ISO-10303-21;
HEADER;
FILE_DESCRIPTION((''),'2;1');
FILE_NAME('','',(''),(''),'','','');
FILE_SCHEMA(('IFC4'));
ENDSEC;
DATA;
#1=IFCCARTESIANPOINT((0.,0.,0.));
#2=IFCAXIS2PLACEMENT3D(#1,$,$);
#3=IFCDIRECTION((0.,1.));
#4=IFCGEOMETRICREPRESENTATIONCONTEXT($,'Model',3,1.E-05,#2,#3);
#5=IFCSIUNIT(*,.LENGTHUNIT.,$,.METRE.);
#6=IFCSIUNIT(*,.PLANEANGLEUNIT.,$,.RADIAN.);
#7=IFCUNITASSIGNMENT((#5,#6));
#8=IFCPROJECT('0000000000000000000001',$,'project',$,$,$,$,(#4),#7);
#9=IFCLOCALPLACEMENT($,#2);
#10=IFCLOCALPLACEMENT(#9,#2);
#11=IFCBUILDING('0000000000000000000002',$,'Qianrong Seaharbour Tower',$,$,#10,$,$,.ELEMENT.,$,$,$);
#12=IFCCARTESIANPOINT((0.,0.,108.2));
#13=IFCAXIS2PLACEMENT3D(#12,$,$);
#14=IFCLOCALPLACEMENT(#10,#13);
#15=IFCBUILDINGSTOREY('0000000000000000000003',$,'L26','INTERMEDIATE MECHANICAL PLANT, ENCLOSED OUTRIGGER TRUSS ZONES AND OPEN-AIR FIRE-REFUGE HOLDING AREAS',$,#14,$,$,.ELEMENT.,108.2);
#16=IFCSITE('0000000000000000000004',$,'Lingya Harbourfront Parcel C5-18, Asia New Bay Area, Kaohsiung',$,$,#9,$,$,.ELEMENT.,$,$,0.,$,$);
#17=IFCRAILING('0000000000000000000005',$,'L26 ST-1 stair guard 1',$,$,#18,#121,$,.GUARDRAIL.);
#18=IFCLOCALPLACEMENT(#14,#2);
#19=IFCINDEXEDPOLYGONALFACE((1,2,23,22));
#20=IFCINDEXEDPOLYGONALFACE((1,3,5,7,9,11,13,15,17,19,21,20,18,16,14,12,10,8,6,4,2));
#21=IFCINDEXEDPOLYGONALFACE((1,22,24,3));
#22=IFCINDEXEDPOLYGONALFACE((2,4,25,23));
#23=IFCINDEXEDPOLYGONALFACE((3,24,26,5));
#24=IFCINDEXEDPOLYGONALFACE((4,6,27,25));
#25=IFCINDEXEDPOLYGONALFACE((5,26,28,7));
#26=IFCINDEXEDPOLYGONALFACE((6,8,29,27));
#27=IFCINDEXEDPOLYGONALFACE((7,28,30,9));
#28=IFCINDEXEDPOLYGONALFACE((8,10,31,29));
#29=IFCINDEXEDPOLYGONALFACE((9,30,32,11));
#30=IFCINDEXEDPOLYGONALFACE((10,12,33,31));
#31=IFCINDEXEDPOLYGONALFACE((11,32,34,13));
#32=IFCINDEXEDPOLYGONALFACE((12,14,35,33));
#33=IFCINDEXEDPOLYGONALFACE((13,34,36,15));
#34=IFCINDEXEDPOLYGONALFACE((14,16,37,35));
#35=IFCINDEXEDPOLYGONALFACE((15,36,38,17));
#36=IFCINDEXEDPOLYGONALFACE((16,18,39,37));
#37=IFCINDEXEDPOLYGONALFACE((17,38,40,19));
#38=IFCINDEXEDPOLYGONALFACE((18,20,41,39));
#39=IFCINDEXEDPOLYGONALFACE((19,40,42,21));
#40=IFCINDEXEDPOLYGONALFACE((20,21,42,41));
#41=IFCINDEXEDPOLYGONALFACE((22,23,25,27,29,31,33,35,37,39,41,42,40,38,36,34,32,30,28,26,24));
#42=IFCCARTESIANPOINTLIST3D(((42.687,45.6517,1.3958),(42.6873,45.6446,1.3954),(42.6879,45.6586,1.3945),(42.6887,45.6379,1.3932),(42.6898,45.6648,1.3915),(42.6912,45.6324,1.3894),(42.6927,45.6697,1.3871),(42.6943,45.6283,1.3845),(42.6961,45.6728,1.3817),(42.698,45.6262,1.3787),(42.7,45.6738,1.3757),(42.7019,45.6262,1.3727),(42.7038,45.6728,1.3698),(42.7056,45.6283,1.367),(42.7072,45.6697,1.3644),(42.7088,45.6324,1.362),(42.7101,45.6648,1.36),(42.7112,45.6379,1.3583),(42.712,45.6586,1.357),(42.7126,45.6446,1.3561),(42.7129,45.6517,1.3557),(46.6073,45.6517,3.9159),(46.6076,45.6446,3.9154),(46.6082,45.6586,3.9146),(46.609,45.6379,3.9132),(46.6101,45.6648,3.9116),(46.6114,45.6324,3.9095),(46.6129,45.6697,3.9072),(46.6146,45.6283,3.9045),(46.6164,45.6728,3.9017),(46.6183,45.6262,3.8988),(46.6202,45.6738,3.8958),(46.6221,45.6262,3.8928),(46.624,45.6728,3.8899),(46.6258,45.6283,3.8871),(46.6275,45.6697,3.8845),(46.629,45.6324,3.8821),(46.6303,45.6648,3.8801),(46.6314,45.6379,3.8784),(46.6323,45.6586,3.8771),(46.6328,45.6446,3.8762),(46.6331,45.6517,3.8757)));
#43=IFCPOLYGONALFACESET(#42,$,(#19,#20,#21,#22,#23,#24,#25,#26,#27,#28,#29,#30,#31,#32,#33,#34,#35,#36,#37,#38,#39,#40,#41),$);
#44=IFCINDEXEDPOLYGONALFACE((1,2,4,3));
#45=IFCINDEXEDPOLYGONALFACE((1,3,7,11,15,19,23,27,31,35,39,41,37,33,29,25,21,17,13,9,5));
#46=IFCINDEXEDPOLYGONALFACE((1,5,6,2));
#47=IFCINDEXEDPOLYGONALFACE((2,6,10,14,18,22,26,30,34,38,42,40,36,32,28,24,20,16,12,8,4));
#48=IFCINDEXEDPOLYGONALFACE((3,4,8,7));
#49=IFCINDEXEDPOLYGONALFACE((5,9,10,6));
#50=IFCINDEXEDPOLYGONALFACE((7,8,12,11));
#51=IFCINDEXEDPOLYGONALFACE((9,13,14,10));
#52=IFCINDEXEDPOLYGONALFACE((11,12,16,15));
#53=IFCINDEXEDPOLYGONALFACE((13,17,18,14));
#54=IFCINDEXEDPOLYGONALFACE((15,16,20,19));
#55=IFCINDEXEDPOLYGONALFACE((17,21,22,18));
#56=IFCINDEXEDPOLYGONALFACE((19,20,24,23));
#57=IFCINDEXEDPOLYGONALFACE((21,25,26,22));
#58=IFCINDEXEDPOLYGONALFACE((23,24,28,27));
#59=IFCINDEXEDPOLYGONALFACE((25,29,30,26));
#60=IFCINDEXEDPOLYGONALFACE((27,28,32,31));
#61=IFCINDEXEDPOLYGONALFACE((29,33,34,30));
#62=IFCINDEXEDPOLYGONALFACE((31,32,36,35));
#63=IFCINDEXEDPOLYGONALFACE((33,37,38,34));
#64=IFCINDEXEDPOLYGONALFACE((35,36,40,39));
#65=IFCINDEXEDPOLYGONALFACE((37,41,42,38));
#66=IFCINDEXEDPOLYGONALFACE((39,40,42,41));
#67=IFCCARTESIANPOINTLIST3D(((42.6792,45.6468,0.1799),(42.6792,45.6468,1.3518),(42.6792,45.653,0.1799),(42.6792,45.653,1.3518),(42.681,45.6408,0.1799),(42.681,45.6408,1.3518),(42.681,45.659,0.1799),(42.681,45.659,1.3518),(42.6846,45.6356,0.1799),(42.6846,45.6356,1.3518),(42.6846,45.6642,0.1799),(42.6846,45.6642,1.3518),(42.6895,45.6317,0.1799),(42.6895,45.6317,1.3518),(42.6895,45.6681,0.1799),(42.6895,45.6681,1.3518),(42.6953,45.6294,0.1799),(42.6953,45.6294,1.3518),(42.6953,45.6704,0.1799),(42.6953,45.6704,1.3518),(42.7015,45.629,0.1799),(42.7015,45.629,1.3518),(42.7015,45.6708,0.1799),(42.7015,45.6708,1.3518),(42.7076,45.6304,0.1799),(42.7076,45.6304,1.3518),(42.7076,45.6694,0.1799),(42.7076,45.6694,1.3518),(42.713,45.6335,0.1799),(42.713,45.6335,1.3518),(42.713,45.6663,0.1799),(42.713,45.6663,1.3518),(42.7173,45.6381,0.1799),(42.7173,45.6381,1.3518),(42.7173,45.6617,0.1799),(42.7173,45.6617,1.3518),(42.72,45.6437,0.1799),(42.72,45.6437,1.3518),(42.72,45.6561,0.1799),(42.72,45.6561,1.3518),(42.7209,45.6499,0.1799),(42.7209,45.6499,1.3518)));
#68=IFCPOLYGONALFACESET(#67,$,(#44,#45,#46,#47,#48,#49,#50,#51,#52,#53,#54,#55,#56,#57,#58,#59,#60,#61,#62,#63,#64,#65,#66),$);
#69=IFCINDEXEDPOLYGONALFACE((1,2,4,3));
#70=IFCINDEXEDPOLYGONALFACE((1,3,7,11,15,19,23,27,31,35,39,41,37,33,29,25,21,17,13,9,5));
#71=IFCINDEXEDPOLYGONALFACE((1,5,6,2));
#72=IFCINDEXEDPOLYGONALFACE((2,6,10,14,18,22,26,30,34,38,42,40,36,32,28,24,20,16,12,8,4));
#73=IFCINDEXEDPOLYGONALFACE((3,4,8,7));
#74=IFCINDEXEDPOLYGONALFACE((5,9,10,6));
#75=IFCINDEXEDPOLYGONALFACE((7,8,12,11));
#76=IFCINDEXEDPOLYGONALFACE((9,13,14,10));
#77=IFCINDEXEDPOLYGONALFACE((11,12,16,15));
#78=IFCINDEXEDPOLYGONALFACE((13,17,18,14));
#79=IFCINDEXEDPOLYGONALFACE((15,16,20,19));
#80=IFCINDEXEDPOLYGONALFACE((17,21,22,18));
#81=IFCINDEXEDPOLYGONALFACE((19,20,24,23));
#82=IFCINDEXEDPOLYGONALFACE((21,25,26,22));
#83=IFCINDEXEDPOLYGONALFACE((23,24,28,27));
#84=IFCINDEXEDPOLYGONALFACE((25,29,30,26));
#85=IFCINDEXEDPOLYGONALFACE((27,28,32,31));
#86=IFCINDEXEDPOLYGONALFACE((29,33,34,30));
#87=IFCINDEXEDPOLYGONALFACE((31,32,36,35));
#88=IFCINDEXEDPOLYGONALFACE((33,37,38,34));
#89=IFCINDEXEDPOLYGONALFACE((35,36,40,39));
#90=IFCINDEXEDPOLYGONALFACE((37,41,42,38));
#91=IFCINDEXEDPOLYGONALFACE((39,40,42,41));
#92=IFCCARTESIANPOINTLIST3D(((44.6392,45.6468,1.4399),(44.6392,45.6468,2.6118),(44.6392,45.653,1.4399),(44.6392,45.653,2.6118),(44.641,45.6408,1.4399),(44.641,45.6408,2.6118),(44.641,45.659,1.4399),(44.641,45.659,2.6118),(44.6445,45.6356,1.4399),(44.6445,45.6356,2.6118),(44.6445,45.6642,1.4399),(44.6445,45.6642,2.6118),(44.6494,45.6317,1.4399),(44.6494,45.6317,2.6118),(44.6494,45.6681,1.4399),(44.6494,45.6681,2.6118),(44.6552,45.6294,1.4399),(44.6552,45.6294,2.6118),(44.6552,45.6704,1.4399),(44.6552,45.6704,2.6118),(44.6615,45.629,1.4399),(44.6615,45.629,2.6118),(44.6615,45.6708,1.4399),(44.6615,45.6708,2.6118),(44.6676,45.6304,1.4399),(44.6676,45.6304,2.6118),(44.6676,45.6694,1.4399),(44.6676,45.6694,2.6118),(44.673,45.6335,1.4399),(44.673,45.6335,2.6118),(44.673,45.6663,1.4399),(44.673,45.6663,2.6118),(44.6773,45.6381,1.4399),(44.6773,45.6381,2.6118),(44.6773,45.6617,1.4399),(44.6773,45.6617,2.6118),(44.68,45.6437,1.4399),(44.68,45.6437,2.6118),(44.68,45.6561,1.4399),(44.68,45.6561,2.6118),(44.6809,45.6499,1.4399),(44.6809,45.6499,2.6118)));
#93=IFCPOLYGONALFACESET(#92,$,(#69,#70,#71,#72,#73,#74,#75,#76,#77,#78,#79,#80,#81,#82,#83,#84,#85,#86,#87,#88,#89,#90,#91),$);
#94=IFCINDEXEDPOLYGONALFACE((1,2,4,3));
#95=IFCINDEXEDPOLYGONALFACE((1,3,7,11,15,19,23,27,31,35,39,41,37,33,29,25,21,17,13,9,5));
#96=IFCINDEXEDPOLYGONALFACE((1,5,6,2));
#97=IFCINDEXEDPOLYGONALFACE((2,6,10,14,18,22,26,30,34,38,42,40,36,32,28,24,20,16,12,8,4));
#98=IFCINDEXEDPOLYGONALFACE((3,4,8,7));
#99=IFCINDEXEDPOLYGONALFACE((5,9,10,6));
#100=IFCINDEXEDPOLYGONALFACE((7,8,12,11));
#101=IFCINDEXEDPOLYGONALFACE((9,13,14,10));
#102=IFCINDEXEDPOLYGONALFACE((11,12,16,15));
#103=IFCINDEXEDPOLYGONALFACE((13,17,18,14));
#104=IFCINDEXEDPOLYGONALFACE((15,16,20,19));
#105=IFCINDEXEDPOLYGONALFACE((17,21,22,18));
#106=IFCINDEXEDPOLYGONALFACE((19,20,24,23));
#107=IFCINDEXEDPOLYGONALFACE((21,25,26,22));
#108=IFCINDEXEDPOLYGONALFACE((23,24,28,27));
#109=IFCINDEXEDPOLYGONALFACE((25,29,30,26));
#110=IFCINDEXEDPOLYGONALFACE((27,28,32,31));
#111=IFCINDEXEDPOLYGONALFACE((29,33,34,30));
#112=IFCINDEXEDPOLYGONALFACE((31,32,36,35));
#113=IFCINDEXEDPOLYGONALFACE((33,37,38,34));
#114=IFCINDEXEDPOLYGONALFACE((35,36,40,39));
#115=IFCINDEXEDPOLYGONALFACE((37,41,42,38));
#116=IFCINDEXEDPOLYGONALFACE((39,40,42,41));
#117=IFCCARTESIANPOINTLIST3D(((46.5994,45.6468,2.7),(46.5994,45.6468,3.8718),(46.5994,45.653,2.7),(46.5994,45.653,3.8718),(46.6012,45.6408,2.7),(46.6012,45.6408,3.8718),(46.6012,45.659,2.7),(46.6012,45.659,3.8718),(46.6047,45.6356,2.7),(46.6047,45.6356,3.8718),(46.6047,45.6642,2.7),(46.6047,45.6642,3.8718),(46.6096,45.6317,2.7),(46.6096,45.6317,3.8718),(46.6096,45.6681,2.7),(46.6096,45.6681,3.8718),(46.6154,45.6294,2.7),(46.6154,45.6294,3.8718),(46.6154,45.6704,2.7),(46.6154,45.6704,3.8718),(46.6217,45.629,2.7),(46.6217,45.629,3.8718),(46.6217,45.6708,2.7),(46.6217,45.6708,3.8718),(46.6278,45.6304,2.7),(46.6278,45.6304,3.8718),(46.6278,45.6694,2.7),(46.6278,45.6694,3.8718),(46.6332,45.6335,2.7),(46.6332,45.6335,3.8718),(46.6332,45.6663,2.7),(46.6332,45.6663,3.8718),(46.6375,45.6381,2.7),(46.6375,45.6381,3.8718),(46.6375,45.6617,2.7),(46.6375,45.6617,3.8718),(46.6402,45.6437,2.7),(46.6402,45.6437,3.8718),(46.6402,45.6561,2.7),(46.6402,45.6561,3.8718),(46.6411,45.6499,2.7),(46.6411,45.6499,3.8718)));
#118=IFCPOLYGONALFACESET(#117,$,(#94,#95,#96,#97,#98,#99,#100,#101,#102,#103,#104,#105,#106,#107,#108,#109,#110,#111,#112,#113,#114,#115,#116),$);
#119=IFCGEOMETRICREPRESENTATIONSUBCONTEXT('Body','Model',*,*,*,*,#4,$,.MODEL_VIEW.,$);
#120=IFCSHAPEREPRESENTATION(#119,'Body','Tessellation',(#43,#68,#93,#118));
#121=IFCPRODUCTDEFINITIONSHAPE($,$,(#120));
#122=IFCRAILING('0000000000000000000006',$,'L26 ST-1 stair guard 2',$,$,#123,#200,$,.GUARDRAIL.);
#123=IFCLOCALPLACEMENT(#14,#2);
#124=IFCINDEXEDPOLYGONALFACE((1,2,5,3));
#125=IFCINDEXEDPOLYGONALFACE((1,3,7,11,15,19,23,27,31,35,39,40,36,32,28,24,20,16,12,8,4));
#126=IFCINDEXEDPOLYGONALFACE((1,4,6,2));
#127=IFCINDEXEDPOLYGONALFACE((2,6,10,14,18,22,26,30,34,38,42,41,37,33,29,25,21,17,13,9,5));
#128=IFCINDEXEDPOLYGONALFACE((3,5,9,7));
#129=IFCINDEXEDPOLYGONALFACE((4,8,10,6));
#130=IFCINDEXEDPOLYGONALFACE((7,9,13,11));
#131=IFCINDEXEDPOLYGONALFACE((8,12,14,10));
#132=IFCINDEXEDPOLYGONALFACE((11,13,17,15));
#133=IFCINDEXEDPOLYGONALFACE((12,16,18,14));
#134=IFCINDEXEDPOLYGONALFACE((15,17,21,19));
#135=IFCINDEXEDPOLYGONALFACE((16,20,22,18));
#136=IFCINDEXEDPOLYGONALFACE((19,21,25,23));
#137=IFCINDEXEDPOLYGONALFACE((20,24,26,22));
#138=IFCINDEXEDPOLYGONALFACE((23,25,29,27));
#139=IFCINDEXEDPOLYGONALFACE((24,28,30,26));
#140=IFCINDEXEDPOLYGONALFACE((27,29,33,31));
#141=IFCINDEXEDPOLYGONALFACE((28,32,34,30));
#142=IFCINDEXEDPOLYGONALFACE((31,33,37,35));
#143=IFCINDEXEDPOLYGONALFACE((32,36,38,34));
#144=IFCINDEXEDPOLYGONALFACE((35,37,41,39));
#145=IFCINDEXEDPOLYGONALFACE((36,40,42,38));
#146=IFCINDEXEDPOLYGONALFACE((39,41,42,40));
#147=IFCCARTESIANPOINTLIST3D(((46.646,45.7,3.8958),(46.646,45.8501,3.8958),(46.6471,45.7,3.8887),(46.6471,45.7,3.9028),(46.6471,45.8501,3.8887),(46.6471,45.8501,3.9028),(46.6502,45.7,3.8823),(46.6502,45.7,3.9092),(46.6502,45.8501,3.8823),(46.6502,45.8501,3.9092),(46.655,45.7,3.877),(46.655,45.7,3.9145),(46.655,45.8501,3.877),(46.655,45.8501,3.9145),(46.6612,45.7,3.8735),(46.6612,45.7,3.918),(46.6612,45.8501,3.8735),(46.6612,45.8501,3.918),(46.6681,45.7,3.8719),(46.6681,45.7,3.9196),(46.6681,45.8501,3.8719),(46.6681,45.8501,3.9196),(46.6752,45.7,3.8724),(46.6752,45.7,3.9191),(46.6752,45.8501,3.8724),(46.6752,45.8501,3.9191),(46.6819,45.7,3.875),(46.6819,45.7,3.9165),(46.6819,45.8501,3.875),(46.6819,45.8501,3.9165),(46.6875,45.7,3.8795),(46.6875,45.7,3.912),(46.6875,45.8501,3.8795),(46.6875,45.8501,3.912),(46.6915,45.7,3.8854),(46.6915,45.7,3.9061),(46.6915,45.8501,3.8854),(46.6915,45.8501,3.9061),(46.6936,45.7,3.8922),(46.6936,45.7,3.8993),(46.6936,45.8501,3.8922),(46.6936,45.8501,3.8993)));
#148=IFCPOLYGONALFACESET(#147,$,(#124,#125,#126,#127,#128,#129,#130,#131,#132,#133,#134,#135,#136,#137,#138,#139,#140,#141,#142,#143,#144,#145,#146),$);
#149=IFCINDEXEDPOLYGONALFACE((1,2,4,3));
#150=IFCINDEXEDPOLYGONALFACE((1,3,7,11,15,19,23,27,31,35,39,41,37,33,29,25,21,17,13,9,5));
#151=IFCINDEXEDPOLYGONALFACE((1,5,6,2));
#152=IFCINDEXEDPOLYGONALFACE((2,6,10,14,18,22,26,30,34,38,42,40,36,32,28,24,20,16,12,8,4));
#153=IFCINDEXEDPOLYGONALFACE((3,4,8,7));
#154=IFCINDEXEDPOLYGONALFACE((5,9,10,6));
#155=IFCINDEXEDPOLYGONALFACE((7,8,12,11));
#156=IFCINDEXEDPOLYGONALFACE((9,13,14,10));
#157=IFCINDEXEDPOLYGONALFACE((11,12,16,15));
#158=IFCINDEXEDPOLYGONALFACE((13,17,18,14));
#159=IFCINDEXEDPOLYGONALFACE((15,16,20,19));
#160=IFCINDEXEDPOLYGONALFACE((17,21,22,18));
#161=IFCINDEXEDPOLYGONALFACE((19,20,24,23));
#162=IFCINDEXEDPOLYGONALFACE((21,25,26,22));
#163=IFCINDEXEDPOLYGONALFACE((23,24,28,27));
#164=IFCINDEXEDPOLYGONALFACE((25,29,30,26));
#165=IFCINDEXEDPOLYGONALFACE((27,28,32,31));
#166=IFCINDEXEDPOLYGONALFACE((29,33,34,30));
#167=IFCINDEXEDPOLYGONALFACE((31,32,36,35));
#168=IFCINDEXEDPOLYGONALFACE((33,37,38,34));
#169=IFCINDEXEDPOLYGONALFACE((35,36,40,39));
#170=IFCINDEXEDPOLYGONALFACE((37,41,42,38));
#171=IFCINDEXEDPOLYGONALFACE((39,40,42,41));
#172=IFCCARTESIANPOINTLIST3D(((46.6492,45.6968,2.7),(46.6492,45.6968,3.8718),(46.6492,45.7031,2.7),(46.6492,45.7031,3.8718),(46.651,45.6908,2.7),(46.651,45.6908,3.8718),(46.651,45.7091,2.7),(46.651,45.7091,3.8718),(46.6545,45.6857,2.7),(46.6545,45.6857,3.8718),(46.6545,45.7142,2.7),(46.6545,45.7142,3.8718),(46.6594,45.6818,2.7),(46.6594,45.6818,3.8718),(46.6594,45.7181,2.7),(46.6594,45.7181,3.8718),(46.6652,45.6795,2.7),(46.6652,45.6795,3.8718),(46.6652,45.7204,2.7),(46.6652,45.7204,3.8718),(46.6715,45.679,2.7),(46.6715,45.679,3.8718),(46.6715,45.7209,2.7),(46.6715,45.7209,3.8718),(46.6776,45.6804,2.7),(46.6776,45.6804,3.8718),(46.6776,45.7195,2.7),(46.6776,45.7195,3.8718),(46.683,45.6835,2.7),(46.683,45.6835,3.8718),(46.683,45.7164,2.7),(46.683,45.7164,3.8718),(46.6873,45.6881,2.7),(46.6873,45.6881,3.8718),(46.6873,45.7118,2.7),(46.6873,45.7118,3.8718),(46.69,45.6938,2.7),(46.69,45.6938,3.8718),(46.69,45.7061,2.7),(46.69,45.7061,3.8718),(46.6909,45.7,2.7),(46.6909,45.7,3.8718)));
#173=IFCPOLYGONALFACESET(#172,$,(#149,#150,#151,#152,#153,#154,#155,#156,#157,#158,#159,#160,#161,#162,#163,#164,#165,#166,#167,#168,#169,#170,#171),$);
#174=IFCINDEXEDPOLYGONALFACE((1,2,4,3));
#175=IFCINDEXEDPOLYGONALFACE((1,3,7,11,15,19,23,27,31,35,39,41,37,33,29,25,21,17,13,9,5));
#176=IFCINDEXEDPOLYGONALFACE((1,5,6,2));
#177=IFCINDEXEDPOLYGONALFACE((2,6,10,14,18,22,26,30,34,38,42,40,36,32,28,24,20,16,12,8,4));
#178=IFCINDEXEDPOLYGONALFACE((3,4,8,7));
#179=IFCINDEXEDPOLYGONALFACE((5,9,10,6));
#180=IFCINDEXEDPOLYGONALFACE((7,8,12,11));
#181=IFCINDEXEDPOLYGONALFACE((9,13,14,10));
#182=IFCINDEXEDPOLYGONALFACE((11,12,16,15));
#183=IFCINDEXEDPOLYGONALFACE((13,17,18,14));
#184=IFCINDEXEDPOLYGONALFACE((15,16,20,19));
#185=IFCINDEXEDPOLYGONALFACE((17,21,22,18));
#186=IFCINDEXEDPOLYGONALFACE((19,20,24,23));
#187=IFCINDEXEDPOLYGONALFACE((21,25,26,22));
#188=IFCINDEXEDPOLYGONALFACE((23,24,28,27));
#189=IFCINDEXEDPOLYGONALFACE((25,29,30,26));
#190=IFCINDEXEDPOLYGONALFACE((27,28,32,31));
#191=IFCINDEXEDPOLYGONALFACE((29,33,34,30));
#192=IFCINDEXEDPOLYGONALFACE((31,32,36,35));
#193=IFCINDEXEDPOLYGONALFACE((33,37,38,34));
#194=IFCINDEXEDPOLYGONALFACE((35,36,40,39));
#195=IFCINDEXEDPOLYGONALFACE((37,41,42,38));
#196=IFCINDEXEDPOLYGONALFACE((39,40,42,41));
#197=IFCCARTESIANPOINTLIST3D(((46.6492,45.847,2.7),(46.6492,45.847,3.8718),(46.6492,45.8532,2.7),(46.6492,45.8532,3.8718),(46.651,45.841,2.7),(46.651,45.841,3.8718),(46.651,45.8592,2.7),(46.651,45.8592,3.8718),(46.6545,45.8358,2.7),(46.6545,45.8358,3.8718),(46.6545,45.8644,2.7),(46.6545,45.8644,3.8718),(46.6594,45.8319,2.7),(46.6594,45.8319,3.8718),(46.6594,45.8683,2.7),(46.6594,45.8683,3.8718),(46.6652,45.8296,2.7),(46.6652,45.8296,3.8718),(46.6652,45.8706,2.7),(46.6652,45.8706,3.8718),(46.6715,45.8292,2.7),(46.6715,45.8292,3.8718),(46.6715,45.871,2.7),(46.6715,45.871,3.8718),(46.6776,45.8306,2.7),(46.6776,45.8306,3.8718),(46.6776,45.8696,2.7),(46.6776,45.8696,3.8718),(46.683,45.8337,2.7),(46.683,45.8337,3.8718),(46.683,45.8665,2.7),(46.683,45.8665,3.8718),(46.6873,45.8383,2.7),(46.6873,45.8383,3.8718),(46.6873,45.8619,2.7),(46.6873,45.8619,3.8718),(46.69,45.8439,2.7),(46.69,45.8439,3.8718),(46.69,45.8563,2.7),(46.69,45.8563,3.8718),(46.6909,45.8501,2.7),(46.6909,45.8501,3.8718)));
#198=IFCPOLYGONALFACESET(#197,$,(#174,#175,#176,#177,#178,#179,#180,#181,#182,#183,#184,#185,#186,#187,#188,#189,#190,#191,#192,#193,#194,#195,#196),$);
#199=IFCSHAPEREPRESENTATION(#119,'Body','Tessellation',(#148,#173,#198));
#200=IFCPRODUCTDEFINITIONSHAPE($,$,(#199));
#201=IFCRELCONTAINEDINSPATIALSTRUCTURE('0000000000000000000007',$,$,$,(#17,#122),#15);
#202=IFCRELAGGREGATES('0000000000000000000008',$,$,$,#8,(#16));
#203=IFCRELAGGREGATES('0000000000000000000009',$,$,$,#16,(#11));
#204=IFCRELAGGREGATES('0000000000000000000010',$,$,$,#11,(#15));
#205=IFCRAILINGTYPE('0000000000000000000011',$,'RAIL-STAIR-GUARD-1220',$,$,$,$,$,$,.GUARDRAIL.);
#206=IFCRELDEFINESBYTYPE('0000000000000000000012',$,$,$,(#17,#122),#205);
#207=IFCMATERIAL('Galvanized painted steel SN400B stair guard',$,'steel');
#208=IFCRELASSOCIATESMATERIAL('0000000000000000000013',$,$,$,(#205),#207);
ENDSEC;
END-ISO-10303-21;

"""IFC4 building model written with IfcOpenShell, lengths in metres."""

from ifc_helpers import new_model, si_unit, direction, frame, origin, origin_2d, place, context, subcontext, project, spatial, circle, extrude, material, type_object, element, save


model = new_model("IFC4")

# Units and contexts
model_context = context("Model", 3, precision=1e-05, world=origin(), true_north=direction((0.0, 1.0)))
body_context = subcontext(model_context, "Body", "Model", "MODEL_VIEW")
ifc_project = project(units=[si_unit("LENGTHUNIT", "METRE"), si_unit("PLANEANGLEUNIT", "RADIAN")], contexts=[model_context])

# Site, building, storey
site_placement = place(None, origin())
site = spatial("IfcSite", under=ifc_project, at=site_placement, Name="Lingya Harbourfront Parcel C5-18, Asia New Bay Area, Kaohsiung", CompositionType="ELEMENT", RefElevation=0.0)
building_placement = place(site_placement, origin())
building = spatial("IfcBuilding", under=site, at=building_placement, Name="Qianrong Seaharbour Tower", CompositionType="ELEMENT")
storey_placement = place(building_placement, frame((0.0, 0.0, 108.2)))
storey = spatial("IfcBuildingStorey", under=building, at=storey_placement, Name="L26", Description="INTERMEDIATE MECHANICAL PLANT, ENCLOSED OUTRIGGER TRUSS ZONES AND OPEN-AIR FIRE-REFUGE HOLDING AREAS", CompositionType="ELEMENT", Elevation=108.2)

# Railings
ifc_material_1 = material(Name="Galvanized painted steel SN400B stair guard", Category="steel")
railing_type_1 = type_object("IfcRailingType", Name="RAIL-STAIR-GUARD-1220", PredefinedType="GUARDRAIL", material=ifc_material_1)
railing_1_placement = place(storey_placement, frame((42.7, 45.6499, 0.1799)))
element("IfcRailing", 1, at=railing_1_placement, inside=storey, type_object=railing_type_1, Name="L26 ST-1 stair guard 1", PredefinedType="GUARDRAIL", context=body_context, shape_type="SweptSolid", body=[
    extrude(circle(Radius=0.0239, at=origin_2d()), frame((0.0, 0.0, 1.1958), z_axis=(0.841187, 0.0, 0.540744), x_axis=(0.0, 1.0, 0.0)), (0.0, 0.0, 1.0), 4.6604),
    extrude(circle(Radius=0.021, at=origin_2d()), origin(), (0.0, 0.0, 1.0), 1.1719),
    extrude(circle(Radius=0.021, at=origin_2d()), frame((1.96, 0.0, 1.26)), (0.0, 0.0, 1.0), 1.1719),
    extrude(circle(Radius=0.021, at=origin_2d()), frame((3.9202, 0.0, 2.52)), (0.0, 0.0, 1.0), 1.1719),
])
railing_2_placement = place(storey_placement, frame((46.6699, 45.7, 2.7)))
element("IfcRailing", 2, at=railing_2_placement, inside=storey, type_object=railing_type_1, Name="L26 ST-1 stair guard 2", PredefinedType="GUARDRAIL", context=body_context, shape_type="SweptSolid", body=[
    extrude(circle(Radius=0.0239, at=origin_2d()), frame((0.0, 0.0, 1.1958), z_axis=(0.0, 1.0, 0.0), x_axis=(-1.0, 0.0, 0.0)), (0.0, 0.0, 1.0), 0.1501),
    extrude(circle(Radius=0.021, at=origin_2d()), origin(), (0.0, 0.0, 1.0), 1.1719),
    extrude(circle(Radius=0.021, at=origin_2d()), frame((0.0, 0.1501, 0.0)), (0.0, 0.0, 1.0), 1.1719),
])

save(model, "model.ifc")
